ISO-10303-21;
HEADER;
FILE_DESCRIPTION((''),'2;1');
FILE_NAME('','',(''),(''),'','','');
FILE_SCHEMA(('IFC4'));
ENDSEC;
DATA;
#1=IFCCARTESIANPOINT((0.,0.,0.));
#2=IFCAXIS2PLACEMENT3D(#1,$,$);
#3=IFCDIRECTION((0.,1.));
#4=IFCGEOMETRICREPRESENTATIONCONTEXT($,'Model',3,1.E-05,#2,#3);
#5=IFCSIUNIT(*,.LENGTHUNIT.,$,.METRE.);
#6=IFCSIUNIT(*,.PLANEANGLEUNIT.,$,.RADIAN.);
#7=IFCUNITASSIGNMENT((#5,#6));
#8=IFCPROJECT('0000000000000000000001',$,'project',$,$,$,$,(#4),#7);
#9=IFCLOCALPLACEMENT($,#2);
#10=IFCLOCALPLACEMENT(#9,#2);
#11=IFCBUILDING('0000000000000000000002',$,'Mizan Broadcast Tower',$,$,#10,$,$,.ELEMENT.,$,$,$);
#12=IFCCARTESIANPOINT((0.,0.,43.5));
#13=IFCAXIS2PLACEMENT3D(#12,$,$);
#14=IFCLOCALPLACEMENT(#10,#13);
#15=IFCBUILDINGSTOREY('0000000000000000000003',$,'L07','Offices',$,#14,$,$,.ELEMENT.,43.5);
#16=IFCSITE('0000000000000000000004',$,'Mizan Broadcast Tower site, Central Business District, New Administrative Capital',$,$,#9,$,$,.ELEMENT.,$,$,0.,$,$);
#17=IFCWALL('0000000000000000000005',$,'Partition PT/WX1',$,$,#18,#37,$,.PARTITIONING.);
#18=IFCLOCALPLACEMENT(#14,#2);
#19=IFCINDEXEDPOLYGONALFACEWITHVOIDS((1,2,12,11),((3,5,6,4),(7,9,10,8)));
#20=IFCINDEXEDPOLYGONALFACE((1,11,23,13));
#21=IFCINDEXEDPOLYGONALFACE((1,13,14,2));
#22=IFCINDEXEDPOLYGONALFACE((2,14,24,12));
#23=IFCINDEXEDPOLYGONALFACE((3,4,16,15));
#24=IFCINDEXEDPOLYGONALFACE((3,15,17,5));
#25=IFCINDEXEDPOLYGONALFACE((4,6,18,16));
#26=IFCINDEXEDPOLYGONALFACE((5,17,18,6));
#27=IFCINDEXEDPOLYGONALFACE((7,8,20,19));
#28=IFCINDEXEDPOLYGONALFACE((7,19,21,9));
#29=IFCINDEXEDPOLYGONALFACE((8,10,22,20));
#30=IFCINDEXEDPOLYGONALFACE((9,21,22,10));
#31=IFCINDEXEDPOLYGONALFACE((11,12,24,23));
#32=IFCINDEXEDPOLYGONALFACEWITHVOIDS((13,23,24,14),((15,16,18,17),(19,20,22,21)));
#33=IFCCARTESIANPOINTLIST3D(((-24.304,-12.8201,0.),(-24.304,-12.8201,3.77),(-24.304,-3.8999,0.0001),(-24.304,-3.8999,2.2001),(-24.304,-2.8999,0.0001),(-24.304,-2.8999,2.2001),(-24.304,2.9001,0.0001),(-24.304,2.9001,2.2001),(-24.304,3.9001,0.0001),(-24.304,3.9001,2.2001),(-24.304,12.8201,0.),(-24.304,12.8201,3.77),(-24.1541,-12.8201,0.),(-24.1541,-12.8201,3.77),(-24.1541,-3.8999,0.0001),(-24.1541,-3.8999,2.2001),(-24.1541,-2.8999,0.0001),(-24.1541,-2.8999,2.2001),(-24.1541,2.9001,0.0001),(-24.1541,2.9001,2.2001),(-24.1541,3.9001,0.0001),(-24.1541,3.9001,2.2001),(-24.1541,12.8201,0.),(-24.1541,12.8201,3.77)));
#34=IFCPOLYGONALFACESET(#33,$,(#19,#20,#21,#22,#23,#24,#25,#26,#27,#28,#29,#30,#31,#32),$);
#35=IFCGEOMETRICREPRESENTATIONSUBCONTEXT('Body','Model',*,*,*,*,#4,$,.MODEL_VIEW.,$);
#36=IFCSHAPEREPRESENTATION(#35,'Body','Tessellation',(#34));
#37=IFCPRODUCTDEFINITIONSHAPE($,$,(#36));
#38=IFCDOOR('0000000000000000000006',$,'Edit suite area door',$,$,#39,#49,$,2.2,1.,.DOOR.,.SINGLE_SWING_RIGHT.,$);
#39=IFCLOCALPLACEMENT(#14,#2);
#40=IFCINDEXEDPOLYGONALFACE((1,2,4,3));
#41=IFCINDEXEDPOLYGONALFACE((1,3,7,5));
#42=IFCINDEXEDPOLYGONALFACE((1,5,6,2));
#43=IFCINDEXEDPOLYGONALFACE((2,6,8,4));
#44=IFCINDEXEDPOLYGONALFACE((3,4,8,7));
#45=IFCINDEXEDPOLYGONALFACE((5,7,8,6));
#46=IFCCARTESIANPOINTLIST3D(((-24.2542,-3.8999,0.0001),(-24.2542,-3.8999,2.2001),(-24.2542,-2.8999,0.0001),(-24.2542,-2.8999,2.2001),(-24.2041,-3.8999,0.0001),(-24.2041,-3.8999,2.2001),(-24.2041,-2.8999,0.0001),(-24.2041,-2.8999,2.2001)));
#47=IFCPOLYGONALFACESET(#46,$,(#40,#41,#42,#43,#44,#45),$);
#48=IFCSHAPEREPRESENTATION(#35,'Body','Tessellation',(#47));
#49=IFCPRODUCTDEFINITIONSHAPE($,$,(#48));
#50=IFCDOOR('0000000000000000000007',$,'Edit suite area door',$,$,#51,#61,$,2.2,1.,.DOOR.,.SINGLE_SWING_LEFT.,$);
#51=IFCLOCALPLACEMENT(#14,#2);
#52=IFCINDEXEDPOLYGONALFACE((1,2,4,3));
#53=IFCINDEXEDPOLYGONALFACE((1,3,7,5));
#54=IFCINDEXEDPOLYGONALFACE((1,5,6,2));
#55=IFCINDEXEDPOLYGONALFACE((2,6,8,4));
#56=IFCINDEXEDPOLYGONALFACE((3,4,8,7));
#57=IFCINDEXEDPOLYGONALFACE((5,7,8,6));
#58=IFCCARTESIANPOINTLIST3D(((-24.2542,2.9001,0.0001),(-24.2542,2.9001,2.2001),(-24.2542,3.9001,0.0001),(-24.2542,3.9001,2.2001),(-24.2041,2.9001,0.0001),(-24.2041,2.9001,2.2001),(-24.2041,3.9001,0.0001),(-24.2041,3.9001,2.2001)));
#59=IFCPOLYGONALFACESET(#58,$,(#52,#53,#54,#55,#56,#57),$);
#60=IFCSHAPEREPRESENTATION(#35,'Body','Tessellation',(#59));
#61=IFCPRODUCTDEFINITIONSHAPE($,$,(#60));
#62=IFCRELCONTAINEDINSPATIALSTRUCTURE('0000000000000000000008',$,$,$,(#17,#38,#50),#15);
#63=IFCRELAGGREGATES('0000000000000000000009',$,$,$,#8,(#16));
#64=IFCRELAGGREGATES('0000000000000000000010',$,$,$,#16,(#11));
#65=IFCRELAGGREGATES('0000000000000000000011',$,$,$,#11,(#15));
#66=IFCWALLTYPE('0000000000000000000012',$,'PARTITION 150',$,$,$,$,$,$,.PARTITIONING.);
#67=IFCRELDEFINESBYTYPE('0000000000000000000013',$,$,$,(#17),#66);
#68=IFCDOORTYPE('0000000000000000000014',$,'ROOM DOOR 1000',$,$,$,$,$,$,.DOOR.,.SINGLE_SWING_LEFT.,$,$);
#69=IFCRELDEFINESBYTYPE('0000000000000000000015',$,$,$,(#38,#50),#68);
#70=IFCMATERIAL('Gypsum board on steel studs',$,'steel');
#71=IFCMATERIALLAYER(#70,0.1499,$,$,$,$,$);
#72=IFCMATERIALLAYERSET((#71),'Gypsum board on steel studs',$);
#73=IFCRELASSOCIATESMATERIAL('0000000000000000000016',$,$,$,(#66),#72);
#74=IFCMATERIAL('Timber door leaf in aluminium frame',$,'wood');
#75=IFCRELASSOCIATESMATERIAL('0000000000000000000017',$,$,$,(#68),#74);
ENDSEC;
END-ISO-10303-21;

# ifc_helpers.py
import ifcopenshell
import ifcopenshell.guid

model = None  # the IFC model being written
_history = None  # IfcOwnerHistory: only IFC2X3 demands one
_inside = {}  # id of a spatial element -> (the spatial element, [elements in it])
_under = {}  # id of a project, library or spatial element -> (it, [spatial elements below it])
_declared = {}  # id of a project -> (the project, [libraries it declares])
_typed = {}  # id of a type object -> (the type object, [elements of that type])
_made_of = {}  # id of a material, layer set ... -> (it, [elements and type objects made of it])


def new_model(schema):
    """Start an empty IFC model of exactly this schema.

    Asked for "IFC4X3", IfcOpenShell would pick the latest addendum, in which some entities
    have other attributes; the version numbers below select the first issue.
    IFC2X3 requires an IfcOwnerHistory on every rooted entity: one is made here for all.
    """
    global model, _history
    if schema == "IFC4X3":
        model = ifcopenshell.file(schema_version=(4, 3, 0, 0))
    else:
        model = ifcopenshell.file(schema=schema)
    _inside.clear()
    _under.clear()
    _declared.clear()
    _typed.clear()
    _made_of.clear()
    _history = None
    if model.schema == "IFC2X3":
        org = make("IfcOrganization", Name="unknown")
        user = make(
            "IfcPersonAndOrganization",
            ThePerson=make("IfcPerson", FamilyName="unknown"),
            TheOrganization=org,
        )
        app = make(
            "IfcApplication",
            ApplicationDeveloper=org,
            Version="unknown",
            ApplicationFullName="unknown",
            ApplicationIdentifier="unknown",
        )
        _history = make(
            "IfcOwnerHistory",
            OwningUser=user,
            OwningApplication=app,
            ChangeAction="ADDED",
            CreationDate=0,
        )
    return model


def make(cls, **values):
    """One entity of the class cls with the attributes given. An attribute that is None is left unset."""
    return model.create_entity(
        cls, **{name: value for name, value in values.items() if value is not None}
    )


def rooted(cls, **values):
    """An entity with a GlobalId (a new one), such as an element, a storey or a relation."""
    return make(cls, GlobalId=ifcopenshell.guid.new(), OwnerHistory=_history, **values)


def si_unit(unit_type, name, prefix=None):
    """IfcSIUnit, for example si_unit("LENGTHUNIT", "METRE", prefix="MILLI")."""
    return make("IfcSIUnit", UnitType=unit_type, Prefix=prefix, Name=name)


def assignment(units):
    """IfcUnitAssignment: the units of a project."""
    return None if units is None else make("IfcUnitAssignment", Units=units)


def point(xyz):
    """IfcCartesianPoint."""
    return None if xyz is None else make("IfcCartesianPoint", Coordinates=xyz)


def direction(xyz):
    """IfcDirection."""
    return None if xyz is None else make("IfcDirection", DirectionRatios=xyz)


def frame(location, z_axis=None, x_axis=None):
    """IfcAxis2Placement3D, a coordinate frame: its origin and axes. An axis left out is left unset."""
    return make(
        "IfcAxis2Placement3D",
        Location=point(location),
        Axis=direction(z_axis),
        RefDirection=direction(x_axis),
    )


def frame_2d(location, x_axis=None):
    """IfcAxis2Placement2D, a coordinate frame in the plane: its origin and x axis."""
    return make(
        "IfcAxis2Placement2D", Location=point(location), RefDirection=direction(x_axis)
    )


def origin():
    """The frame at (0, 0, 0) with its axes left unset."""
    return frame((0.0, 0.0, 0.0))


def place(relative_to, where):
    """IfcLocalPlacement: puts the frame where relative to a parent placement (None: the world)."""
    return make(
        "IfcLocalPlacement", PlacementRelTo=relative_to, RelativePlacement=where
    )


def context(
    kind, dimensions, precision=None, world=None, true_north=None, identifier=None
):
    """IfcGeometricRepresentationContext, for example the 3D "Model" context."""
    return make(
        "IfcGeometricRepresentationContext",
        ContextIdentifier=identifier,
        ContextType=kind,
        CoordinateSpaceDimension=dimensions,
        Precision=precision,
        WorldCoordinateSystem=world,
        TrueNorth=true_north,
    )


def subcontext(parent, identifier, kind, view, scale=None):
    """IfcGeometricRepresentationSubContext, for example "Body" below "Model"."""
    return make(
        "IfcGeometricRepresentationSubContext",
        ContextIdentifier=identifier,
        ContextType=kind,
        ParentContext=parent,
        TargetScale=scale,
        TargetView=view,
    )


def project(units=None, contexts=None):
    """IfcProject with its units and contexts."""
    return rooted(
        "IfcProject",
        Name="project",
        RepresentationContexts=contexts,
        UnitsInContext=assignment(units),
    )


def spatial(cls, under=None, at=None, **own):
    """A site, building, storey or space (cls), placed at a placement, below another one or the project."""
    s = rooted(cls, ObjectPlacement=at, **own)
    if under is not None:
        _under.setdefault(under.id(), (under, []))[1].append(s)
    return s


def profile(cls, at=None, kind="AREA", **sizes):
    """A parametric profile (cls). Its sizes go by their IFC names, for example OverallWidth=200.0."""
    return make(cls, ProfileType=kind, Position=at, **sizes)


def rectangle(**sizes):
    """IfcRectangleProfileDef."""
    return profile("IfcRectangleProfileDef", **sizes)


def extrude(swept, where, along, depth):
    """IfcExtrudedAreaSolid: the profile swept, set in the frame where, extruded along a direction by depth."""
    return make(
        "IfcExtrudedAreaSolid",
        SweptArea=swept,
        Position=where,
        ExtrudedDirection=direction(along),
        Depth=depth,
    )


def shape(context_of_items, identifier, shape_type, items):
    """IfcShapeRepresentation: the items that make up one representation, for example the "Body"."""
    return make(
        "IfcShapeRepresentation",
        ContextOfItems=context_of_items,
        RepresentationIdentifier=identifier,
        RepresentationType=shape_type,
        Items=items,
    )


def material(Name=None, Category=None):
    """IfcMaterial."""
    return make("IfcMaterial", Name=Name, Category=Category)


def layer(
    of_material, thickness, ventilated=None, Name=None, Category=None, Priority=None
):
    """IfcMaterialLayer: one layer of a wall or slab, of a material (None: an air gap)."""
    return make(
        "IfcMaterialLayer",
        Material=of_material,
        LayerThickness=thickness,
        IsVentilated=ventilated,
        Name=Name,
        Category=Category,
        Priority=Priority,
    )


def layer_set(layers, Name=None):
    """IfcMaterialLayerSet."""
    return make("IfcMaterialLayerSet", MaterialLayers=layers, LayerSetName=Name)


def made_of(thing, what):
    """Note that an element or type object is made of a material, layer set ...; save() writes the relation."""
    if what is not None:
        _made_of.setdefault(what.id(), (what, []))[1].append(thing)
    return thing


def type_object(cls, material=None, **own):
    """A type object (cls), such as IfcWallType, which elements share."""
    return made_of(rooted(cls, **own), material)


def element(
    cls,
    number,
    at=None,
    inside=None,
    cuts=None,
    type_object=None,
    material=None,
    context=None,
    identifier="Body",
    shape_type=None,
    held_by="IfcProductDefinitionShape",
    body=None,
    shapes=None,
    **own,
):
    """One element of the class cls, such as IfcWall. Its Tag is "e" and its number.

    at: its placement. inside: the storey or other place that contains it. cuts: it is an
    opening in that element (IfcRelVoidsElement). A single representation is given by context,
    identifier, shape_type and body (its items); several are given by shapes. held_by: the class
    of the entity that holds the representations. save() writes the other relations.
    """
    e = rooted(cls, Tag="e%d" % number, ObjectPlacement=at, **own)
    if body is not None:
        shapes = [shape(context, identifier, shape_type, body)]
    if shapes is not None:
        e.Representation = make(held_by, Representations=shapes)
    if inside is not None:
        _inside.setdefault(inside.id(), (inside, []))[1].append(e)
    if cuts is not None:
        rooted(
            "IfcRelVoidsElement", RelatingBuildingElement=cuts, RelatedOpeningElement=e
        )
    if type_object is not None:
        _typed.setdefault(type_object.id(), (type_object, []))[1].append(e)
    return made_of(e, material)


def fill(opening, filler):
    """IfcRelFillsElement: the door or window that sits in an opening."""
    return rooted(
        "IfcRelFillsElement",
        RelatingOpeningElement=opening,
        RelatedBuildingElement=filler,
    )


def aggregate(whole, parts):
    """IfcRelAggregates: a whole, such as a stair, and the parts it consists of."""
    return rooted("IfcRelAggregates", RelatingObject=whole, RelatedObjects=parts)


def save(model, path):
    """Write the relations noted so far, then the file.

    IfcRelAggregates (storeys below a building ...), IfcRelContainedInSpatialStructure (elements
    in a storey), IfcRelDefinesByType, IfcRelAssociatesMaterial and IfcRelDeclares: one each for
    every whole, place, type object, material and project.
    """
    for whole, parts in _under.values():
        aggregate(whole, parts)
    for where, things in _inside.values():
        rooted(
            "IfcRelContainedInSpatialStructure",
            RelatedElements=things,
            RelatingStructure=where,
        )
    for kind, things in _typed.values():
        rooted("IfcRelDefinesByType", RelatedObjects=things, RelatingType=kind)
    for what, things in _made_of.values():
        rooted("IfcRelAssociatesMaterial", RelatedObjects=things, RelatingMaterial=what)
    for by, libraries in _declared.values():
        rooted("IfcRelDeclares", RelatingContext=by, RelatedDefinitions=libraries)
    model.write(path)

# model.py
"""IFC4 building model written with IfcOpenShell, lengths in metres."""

from ifc_helpers import new_model, si_unit, direction, frame, frame_2d, origin, place, context, subcontext, project, spatial, rectangle, extrude, material, layer, layer_set, type_object, element, fill, save


model = new_model("IFC4")

# Units and contexts
model_context = context("Model", 3, precision=1e-05, world=origin(), true_north=direction((0.0, 1.0)))
body_context = subcontext(model_context, "Body", "Model", "MODEL_VIEW")
ifc_project = project(units=[si_unit("LENGTHUNIT", "METRE"), si_unit("PLANEANGLEUNIT", "RADIAN")], contexts=[model_context])

# Site, building, storey
site_placement = place(None, origin())
site = spatial("IfcSite", under=ifc_project, at=site_placement, Name="Mizan Broadcast Tower site, Central Business District, New Administrative Capital", CompositionType="ELEMENT", RefElevation=0.0)
building_placement = place(site_placement, origin())
building = spatial("IfcBuilding", under=site, at=building_placement, Name="Mizan Broadcast Tower", CompositionType="ELEMENT")
storey_placement = place(building_placement, frame((0.0, 0.0, 43.5)))
storey = spatial("IfcBuildingStorey", under=building, at=storey_placement, Name="L07", Description="Offices", CompositionType="ELEMENT", Elevation=43.5)

# Wall, openings, doors
ifc_material_1 = material(Name="Gypsum board on steel studs", Category="steel")
ifc_layer_1 = layer(ifc_material_1, 0.1499)
ifc_layer_set_1 = layer_set([ifc_layer_1], Name="Gypsum board on steel studs")
wall_type_1 = type_object("IfcWallType", Name="PARTITION 150", PredefinedType="PARTITIONING", material=ifc_layer_set_1)
wall_1_placement = place(storey_placement, frame((-24.229, 12.8201, 0.0), z_axis=(0.0, 0.0, 1.0), x_axis=(0.0, -1.0, 0.0)))
wall_1 = element("IfcWall", 1, at=wall_1_placement, inside=storey, type_object=wall_type_1, Name="Partition PT/WX1", PredefinedType="PARTITIONING", context=body_context, shape_type="SweptSolid", body=[
    extrude(rectangle(XDim=25.6401, YDim=0.1499, at=frame_2d((12.8201, 0.0))), origin(), (0.0, 0.0, 1.0), 3.77),
])
opening_1_placement = place(wall_1_placement, frame((15.72, 0.0, 0.0)))
opening_1 = element("IfcOpeningElement", 2, at=opening_1_placement, cuts=wall_1, PredefinedType="OPENING", context=body_context, shape_type="SweptSolid", body=[
    extrude(rectangle(XDim=1.0, YDim=2.2, at=frame_2d((0.5, 1.1001))), frame((0.0, 0.085, 0.0), z_axis=(0.0, -1.0, 0.0), x_axis=(1.0, 0.0, 0.0)), (0.0, 0.0, 1.0), 0.1699),
])
opening_2_placement = place(wall_1_placement, frame((8.9199, 0.0, 0.0)))
opening_2 = element("IfcOpeningElement", 3, at=opening_2_placement, cuts=wall_1, PredefinedType="OPENING", context=body_context, shape_type="SweptSolid", body=[
    extrude(rectangle(XDim=1.0, YDim=2.2, at=frame_2d((0.5, 1.1001))), frame((0.0, 0.085, 0.0), z_axis=(0.0, -1.0, 0.0), x_axis=(1.0, 0.0, 0.0)), (0.0, 0.0, 1.0), 0.1699),
])
ifc_material_2 = material(Name="Timber door leaf in aluminium frame", Category="wood")
door_type = type_object("IfcDoorType", Name="ROOM DOOR 1000", OperationType="SINGLE_SWING_LEFT", PredefinedType="DOOR", material=ifc_material_2)
door_1_placement = place(opening_1_placement, origin())
door_1 = element("IfcDoor", 4, at=door_1_placement, inside=storey, type_object=door_type, Name="Edit suite area door", OperationType="SINGLE_SWING_RIGHT", OverallHeight=2.2, OverallWidth=1.0, PredefinedType="DOOR", context=body_context, shape_type="SweptSolid", body=[
    extrude(rectangle(XDim=1.0, YDim=2.2, at=frame_2d((0.5, 1.1001))), frame((0.0, 0.0249, 0.0), z_axis=(0.0, -1.0, 0.0), x_axis=(1.0, 0.0, 0.0)), (0.0, 0.0, 1.0), 0.05),
])
fill(opening_1, door_1)
door_2_placement = place(opening_2_placement, origin())
door_2 = element("IfcDoor", 5, at=door_2_placement, inside=storey, type_object=door_type, Name="Edit suite area door", OperationType="SINGLE_SWING_LEFT", OverallHeight=2.2, OverallWidth=1.0, PredefinedType="DOOR", context=body_context, shape_type="SweptSolid", body=[
    extrude(rectangle(XDim=1.0, YDim=2.2, at=frame_2d((0.5, 1.1001))), frame((0.0, 0.0249, 0.0), z_axis=(0.0, -1.0, 0.0), x_axis=(1.0, 0.0, 0.0)), (0.0, 0.0, 1.0), 0.05),
])
fill(opening_2, door_2)

save(model, "model.ifc")
